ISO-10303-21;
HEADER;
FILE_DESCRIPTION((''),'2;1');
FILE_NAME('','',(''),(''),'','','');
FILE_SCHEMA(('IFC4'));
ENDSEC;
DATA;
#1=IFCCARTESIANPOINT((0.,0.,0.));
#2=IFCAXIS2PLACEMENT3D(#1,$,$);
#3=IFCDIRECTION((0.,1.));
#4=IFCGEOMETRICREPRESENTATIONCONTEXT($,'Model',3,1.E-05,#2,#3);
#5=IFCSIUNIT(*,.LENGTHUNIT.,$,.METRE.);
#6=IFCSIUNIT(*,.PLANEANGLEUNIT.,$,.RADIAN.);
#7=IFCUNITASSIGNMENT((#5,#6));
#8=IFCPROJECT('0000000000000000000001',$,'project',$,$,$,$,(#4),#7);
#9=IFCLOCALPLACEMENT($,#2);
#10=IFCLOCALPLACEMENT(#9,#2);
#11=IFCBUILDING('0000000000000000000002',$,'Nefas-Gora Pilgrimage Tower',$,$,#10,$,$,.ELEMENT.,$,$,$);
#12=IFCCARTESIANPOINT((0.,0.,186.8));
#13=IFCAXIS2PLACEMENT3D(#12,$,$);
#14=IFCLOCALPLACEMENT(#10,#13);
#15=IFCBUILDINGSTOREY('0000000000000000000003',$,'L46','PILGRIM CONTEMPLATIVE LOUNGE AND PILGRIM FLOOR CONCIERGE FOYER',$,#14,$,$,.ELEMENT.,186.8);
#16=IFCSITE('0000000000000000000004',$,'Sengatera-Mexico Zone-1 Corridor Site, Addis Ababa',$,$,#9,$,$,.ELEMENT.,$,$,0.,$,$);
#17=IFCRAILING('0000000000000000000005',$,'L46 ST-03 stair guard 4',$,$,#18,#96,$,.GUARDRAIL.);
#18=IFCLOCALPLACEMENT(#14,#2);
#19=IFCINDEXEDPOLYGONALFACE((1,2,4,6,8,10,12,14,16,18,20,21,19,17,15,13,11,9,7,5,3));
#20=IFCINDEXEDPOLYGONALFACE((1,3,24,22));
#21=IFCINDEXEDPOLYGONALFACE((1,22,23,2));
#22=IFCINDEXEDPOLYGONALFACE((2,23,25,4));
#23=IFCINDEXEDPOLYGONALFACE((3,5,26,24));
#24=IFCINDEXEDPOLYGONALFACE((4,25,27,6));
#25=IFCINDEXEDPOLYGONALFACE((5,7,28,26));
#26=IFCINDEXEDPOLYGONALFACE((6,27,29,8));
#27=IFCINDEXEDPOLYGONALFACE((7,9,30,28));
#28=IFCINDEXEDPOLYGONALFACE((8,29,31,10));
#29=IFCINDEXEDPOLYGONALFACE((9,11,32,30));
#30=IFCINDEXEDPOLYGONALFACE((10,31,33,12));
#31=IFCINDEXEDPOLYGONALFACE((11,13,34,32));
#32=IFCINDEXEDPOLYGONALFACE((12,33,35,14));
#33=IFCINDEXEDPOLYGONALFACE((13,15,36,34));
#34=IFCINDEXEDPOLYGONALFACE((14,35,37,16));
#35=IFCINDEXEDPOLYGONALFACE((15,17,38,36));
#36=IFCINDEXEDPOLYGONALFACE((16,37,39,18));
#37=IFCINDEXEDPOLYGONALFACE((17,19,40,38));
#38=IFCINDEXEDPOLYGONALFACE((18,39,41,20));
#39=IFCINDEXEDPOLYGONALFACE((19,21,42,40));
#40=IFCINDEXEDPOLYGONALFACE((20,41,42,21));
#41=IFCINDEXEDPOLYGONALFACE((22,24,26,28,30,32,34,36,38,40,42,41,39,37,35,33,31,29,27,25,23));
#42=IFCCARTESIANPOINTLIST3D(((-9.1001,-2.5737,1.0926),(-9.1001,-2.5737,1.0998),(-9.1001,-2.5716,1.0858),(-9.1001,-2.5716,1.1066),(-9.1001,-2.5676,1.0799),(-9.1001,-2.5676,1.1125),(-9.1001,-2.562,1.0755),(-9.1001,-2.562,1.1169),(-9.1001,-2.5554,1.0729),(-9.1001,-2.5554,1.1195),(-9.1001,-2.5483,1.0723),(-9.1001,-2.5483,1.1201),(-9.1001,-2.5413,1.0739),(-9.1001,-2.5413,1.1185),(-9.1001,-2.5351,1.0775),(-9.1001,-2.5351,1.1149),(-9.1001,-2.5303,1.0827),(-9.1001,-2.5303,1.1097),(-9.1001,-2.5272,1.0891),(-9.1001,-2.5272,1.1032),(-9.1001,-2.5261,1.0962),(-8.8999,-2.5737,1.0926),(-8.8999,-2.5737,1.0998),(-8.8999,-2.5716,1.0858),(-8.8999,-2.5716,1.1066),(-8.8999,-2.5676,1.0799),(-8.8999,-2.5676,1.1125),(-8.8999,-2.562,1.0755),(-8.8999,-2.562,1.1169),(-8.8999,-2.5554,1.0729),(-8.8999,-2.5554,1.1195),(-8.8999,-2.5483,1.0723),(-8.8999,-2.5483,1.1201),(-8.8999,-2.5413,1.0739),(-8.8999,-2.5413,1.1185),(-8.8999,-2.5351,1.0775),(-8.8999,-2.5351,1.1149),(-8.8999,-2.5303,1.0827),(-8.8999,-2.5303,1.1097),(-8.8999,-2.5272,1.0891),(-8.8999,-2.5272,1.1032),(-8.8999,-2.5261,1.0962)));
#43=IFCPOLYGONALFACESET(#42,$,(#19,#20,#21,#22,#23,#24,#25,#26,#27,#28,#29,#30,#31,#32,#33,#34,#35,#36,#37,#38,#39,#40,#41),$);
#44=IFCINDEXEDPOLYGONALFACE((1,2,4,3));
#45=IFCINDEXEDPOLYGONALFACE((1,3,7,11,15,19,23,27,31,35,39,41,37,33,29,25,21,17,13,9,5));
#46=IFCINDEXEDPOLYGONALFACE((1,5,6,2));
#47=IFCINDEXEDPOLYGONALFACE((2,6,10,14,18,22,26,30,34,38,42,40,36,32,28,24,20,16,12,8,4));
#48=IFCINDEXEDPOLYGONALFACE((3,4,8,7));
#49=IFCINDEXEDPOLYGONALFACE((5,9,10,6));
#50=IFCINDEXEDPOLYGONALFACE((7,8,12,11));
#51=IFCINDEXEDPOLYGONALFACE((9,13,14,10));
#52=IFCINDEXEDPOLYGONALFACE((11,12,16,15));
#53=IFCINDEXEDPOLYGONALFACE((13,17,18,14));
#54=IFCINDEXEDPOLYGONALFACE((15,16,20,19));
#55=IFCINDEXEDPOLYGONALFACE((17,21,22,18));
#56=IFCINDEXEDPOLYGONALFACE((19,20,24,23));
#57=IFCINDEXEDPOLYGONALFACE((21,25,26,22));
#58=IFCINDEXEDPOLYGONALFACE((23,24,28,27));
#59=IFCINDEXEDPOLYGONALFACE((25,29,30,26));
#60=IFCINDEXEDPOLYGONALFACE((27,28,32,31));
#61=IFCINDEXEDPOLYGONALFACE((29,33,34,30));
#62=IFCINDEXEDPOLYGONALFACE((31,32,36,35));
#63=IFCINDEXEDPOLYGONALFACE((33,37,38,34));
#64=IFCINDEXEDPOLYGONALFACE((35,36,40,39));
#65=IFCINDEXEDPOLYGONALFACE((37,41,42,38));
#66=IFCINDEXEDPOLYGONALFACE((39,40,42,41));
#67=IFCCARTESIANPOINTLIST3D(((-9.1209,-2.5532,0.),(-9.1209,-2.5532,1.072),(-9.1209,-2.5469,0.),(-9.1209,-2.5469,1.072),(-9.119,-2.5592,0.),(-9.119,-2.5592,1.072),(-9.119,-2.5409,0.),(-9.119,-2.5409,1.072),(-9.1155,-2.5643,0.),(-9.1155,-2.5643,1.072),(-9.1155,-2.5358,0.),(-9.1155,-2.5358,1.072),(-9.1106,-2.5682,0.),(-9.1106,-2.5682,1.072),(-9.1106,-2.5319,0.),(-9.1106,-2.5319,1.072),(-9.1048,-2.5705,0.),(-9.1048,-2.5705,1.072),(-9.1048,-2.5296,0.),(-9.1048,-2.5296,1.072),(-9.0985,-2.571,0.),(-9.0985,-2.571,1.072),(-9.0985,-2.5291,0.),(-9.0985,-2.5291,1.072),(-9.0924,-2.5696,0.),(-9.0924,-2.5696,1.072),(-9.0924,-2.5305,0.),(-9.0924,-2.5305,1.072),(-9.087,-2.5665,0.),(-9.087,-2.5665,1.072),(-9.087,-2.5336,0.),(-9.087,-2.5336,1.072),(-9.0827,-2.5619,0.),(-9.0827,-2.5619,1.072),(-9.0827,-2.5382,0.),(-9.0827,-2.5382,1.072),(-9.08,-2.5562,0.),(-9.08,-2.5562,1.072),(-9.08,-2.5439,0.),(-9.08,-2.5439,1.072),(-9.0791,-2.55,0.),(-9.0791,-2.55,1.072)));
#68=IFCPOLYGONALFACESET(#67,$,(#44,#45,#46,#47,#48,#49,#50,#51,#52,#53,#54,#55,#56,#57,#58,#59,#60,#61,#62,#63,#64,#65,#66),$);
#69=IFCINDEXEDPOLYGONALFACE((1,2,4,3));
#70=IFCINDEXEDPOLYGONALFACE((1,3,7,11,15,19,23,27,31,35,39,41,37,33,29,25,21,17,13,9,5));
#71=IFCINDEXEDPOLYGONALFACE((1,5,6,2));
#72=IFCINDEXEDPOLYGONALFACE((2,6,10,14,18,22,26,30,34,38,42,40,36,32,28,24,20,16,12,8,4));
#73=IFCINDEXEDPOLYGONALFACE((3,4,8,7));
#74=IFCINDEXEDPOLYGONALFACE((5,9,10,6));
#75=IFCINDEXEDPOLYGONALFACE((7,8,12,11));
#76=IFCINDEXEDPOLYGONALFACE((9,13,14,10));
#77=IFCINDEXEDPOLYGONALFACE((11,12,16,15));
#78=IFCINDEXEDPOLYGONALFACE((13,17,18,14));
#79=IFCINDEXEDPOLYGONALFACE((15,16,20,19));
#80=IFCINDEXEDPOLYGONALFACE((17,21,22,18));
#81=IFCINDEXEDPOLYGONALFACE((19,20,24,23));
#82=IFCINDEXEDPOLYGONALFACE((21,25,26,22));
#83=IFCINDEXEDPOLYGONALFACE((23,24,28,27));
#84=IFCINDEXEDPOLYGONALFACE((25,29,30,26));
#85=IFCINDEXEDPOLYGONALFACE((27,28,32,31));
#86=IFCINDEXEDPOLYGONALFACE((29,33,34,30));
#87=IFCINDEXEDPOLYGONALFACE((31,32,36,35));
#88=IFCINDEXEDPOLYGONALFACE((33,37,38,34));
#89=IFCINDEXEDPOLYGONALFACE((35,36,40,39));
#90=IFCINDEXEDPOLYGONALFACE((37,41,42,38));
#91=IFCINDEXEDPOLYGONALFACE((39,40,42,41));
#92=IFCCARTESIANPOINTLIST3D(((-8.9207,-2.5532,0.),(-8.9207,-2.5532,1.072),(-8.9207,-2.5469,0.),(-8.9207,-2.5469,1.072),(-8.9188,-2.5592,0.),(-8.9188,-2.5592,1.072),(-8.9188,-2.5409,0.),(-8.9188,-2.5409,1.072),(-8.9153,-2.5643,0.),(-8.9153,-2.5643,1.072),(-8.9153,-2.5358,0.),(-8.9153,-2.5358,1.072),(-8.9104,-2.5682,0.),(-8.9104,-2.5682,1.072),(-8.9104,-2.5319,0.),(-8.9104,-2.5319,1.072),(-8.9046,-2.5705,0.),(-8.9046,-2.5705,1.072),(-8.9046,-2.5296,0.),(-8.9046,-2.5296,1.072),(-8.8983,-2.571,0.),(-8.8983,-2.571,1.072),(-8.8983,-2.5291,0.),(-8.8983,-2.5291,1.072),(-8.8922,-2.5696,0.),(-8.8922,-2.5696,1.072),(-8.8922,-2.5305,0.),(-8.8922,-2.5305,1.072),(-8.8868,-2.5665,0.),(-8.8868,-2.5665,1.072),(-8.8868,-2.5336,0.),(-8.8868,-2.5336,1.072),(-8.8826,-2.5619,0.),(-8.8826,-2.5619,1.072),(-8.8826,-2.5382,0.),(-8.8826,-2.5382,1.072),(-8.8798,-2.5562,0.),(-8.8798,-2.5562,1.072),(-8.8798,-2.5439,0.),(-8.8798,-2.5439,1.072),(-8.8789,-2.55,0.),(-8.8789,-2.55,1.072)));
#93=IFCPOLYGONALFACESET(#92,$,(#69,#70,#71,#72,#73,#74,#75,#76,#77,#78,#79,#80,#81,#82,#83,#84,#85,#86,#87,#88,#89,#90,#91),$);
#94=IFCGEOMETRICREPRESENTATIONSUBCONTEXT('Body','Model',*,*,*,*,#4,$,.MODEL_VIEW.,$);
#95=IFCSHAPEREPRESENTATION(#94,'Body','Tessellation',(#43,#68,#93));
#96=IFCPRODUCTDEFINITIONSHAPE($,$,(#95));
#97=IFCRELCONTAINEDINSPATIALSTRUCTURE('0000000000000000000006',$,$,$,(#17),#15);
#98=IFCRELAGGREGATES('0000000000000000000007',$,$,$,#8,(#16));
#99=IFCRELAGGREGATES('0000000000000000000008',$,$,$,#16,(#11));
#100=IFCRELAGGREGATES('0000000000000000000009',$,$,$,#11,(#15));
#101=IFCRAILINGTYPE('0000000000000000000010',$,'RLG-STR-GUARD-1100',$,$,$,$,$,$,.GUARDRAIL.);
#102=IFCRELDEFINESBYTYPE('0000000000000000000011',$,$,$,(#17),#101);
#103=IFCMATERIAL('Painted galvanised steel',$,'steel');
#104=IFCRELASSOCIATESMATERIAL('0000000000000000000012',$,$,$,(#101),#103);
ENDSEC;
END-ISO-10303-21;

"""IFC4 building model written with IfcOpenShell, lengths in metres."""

from ifc_helpers import new_model, si_unit, direction, frame, origin, origin_2d, place, context, subcontext, project, spatial, circle, extrude, material, type_object, element, save


model = new_model("IFC4")

# Units and contexts
model_context = context("Model", 3, precision=1e-05, world=origin(), true_north=direction((0.0, 1.0)))
body_context = subcontext(model_context, "Body", "Model", "MODEL_VIEW")
ifc_project = project(units=[si_unit("LENGTHUNIT", "METRE"), si_unit("PLANEANGLEUNIT", "RADIAN")], contexts=[model_context])

# Site, building, storey
site_placement = place(None, origin())
site = spatial("IfcSite", under=ifc_project, at=site_placement, Name="Sengatera-Mexico Zone-1 Corridor Site, Addis Ababa", CompositionType="ELEMENT", RefElevation=0.0)
building_placement = place(site_placement, origin())
building = spatial("IfcBuilding", under=site, at=building_placement, Name="Nefas-Gora Pilgrimage Tower", CompositionType="ELEMENT")
storey_placement = place(building_placement, frame((0.0, 0.0, 186.8)))
storey = spatial("IfcBuildingStorey", under=building, at=storey_placement, Name="L46", Description="PILGRIM CONTEMPLATIVE LOUNGE AND PILGRIM FLOOR CONCIERGE FOYER", CompositionType="ELEMENT", Elevation=186.8)

# Railing
ifc_material_1 = material(Name="Painted galvanised steel", Category="steel")
railing_type_1 = type_object("IfcRailingType", Name="RLG-STR-GUARD-1100", PredefinedType="GUARDRAIL", material=ifc_material_1)
railing_1_placement = place(storey_placement, frame((-9.1001, -2.55, 0.0)))
element("IfcRailing", 1, at=railing_1_placement, inside=storey, type_object=railing_type_1, Name="L46 ST-03 stair guard 4", PredefinedType="GUARDRAIL", context=body_context, shape_type="SweptSolid", body=[
    extrude(circle(Radius=0.0239, at=origin_2d()), frame((0.0, 0.0, 1.0962), z_axis=(1.0, 0.0, 0.0), x_axis=(0.0, 1.0, 0.0)), (0.0, 0.0, 1.0), 0.2002),
    extrude(circle(Radius=0.021, at=origin_2d()), origin(), (0.0, 0.0, 1.0), 1.072),
    extrude(circle(Radius=0.021, at=origin_2d()), frame((0.2002, 0.0, 0.0)), (0.0, 0.0, 1.0), 1.072),
])

save(model, "model.ifc")
